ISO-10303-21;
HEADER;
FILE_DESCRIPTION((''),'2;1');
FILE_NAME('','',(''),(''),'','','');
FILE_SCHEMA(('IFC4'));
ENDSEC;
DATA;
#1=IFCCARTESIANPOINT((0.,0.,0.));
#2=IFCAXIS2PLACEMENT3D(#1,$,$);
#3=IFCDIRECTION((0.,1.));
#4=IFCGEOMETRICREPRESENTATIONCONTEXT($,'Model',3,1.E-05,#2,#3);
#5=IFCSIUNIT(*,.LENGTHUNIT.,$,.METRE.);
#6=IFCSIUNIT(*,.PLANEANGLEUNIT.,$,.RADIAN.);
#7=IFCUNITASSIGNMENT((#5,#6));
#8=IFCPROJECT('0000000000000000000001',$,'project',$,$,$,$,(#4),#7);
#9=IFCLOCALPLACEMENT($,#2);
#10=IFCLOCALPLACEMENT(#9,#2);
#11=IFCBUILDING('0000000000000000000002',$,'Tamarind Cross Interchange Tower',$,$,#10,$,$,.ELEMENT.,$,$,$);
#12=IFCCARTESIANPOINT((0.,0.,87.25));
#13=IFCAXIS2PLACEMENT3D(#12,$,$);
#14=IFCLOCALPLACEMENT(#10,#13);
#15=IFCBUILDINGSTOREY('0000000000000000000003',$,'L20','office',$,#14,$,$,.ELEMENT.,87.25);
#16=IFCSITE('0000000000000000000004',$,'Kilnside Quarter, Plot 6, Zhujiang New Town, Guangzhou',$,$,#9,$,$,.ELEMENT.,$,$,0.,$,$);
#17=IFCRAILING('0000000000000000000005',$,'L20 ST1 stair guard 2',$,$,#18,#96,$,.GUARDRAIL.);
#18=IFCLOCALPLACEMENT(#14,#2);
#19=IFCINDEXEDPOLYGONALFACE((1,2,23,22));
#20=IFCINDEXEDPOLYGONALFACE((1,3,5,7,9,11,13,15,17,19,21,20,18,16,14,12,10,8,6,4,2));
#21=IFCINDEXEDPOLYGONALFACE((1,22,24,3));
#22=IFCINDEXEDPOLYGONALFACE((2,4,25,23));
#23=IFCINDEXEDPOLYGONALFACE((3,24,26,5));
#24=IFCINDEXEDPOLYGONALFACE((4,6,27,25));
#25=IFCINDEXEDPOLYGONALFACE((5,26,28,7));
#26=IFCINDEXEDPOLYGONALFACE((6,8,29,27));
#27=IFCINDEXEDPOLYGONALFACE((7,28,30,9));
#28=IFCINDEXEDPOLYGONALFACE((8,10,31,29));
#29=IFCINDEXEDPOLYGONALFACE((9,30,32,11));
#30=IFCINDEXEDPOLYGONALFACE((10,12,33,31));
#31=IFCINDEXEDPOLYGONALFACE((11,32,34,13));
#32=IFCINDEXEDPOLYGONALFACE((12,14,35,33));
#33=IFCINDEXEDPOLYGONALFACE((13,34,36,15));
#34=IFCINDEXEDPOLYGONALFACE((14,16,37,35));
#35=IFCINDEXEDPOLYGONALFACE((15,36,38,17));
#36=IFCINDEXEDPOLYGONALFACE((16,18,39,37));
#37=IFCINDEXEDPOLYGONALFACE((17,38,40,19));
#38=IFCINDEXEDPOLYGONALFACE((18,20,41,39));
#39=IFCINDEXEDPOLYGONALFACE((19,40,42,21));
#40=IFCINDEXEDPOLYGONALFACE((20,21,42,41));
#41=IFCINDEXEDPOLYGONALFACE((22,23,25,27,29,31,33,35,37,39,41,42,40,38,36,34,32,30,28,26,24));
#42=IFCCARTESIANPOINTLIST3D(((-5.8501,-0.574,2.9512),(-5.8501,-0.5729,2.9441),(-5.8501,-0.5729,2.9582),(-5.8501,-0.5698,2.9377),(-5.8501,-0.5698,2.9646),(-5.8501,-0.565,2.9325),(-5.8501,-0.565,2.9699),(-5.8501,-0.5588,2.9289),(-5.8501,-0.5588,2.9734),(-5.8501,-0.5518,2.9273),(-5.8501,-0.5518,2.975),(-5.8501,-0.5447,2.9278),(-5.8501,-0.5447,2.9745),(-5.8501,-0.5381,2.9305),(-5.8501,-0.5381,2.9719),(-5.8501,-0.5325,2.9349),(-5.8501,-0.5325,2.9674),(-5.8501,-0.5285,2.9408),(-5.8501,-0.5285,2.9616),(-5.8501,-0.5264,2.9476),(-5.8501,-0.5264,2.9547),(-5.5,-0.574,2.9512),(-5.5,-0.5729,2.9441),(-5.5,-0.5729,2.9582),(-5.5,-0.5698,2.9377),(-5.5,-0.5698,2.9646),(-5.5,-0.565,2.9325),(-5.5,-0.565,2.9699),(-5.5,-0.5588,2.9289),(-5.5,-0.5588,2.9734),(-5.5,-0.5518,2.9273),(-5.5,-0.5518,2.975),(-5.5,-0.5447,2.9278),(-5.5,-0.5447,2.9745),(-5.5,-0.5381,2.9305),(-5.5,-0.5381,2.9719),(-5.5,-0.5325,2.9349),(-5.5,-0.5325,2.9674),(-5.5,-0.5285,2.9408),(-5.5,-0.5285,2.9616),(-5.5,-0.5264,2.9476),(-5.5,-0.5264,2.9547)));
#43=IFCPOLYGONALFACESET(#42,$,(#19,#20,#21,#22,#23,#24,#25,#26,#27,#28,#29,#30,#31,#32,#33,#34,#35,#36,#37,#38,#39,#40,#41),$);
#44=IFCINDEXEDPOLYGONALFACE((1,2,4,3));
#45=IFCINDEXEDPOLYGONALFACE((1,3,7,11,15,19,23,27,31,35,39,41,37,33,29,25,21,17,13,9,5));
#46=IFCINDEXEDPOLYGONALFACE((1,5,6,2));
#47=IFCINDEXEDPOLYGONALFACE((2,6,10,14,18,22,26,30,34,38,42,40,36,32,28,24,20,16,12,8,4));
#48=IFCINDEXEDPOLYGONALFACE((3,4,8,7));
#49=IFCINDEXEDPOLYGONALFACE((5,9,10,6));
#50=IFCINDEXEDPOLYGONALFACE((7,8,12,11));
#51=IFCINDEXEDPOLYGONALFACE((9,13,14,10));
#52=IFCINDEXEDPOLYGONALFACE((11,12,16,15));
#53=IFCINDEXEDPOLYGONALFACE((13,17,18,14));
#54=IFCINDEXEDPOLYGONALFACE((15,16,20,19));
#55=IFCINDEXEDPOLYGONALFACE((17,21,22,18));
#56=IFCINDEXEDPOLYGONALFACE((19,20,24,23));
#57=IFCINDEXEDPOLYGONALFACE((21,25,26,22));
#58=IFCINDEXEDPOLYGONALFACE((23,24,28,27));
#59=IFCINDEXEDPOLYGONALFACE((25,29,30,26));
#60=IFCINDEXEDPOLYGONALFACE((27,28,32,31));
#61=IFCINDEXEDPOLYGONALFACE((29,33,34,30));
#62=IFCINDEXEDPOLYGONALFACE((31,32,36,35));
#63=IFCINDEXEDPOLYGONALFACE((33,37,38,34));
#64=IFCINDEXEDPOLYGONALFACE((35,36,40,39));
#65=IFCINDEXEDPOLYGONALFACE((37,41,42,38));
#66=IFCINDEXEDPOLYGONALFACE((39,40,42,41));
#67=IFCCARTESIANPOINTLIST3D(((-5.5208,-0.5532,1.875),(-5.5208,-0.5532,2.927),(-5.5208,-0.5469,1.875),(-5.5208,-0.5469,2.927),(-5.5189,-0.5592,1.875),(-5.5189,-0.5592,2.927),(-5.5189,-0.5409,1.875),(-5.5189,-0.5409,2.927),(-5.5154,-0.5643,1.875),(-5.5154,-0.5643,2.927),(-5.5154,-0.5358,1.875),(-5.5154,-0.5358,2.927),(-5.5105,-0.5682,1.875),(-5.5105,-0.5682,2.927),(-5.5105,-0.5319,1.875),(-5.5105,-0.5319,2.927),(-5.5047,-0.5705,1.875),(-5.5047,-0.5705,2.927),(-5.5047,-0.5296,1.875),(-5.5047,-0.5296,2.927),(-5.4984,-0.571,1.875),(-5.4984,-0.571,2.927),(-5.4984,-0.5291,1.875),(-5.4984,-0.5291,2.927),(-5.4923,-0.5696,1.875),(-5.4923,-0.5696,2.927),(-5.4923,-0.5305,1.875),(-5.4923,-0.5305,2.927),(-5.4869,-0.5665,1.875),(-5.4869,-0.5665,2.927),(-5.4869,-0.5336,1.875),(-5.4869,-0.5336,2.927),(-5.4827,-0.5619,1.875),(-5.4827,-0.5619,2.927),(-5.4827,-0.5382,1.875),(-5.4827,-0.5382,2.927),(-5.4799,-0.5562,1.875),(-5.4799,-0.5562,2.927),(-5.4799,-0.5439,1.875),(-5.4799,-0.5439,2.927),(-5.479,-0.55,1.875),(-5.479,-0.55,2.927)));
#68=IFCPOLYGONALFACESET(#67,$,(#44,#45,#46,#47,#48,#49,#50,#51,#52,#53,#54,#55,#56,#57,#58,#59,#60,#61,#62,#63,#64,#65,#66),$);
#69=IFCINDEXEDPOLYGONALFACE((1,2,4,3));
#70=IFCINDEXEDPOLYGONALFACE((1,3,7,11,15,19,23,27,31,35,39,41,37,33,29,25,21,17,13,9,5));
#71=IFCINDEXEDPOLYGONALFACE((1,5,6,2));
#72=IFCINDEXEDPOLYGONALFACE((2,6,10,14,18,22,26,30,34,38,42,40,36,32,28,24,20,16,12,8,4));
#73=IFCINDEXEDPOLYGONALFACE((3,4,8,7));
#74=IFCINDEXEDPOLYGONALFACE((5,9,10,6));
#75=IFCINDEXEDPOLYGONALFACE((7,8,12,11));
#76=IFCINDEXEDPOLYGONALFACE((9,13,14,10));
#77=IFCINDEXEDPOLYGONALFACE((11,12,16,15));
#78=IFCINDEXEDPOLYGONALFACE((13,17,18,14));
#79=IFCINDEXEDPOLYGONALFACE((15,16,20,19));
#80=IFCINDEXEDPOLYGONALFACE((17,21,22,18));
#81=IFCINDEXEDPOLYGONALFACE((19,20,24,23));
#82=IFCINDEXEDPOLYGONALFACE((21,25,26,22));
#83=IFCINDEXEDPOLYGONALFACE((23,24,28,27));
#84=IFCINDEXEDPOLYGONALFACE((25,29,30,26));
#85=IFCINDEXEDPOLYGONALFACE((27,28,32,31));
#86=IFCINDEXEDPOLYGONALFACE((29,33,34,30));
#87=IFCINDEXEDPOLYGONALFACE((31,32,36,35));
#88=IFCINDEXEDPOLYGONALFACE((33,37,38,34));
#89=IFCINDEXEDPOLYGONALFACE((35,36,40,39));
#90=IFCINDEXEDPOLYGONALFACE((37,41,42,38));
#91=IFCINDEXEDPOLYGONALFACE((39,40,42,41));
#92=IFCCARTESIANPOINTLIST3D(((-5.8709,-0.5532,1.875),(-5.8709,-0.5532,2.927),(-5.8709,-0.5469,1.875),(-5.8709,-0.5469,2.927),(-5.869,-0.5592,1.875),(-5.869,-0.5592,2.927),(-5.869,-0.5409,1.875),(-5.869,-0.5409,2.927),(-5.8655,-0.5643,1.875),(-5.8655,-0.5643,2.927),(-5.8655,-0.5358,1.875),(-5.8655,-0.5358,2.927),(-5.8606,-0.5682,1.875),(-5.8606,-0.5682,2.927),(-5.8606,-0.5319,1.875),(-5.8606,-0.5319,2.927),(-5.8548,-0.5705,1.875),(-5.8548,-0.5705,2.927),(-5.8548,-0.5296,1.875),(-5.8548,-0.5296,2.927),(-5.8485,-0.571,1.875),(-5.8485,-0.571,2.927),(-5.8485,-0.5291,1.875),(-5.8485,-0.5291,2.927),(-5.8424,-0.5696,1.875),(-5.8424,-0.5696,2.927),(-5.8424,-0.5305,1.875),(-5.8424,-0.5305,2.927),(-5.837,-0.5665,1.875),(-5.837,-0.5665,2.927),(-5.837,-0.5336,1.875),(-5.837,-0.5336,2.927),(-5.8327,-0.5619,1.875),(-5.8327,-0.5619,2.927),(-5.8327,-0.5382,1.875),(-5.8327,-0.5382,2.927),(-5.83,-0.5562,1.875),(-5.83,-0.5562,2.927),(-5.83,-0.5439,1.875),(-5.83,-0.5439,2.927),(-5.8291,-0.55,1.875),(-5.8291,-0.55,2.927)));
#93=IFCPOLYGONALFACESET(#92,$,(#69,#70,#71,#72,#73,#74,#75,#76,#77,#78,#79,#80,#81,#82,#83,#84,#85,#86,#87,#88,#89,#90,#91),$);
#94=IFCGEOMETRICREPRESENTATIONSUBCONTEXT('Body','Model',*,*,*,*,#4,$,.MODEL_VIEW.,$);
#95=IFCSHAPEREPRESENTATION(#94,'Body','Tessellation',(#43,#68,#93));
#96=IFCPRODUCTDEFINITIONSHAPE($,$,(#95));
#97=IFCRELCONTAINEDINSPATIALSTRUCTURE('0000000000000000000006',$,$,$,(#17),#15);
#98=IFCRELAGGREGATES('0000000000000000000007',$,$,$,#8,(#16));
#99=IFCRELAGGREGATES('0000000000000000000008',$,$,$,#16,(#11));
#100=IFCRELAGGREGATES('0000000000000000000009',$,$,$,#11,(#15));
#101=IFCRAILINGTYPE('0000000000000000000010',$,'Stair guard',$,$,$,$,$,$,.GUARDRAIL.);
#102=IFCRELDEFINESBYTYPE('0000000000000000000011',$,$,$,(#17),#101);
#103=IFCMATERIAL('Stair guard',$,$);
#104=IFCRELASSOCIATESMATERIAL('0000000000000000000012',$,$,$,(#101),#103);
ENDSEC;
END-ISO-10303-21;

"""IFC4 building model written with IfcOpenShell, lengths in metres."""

from ifc_helpers import new_model, si_unit, direction, frame, origin, origin_2d, place, context, subcontext, project, spatial, circle, extrude, material, type_object, element, save


model = new_model("IFC4")

# Units and contexts
model_context = context("Model", 3, precision=1e-05, world=origin(), true_north=direction((0.0, 1.0)))
body_context = subcontext(model_context, "Body", "Model", "MODEL_VIEW")
ifc_project = project(units=[si_unit("LENGTHUNIT", "METRE"), si_unit("PLANEANGLEUNIT", "RADIAN")], contexts=[model_context])

# Site, building, storey
site_placement = place(None, origin())
site = spatial("IfcSite", under=ifc_project, at=site_placement, Name="Kilnside Quarter, Plot 6, Zhujiang New Town, Guangzhou", CompositionType="ELEMENT", RefElevation=0.0)
building_placement = place(site_placement, origin())
building = spatial("IfcBuilding", under=site, at=building_placement, Name="Tamarind Cross Interchange Tower", CompositionType="ELEMENT")
storey_placement = place(building_placement, frame((0.0, 0.0, 87.25)))
storey = spatial("IfcBuildingStorey", under=building, at=storey_placement, Name="L20", Description="office", CompositionType="ELEMENT", Elevation=87.25)

# Railing
ifc_material_1 = material(Name="Stair guard")
railing_type_1 = type_object("IfcRailingType", Name="Stair guard", PredefinedType="GUARDRAIL", material=ifc_material_1)
railing_1_placement = place(storey_placement, frame((-5.5, -0.55, 1.875)))
element("IfcRailing", 1, at=railing_1_placement, inside=storey, type_object=railing_type_1, Name="L20 ST1 stair guard 2", PredefinedType="GUARDRAIL", context=body_context, shape_type="SweptSolid", body=[
    extrude(circle(Radius=0.0239, at=origin_2d()), frame((0.0, 0.0, 1.0762), z_axis=(-1.0, 0.0, 0.0), x_axis=(0.0, -1.0, 0.0)), (0.0, 0.0, 1.0), 0.3501),
    extrude(circle(Radius=0.021, at=origin_2d()), origin(), (0.0, 0.0, 1.0), 1.052),
    extrude(circle(Radius=0.021, at=origin_2d()), frame((-0.3501, 0.0, 0.0)), (0.0, 0.0, 1.0), 1.052),
])

save(model, "model.ifc")
